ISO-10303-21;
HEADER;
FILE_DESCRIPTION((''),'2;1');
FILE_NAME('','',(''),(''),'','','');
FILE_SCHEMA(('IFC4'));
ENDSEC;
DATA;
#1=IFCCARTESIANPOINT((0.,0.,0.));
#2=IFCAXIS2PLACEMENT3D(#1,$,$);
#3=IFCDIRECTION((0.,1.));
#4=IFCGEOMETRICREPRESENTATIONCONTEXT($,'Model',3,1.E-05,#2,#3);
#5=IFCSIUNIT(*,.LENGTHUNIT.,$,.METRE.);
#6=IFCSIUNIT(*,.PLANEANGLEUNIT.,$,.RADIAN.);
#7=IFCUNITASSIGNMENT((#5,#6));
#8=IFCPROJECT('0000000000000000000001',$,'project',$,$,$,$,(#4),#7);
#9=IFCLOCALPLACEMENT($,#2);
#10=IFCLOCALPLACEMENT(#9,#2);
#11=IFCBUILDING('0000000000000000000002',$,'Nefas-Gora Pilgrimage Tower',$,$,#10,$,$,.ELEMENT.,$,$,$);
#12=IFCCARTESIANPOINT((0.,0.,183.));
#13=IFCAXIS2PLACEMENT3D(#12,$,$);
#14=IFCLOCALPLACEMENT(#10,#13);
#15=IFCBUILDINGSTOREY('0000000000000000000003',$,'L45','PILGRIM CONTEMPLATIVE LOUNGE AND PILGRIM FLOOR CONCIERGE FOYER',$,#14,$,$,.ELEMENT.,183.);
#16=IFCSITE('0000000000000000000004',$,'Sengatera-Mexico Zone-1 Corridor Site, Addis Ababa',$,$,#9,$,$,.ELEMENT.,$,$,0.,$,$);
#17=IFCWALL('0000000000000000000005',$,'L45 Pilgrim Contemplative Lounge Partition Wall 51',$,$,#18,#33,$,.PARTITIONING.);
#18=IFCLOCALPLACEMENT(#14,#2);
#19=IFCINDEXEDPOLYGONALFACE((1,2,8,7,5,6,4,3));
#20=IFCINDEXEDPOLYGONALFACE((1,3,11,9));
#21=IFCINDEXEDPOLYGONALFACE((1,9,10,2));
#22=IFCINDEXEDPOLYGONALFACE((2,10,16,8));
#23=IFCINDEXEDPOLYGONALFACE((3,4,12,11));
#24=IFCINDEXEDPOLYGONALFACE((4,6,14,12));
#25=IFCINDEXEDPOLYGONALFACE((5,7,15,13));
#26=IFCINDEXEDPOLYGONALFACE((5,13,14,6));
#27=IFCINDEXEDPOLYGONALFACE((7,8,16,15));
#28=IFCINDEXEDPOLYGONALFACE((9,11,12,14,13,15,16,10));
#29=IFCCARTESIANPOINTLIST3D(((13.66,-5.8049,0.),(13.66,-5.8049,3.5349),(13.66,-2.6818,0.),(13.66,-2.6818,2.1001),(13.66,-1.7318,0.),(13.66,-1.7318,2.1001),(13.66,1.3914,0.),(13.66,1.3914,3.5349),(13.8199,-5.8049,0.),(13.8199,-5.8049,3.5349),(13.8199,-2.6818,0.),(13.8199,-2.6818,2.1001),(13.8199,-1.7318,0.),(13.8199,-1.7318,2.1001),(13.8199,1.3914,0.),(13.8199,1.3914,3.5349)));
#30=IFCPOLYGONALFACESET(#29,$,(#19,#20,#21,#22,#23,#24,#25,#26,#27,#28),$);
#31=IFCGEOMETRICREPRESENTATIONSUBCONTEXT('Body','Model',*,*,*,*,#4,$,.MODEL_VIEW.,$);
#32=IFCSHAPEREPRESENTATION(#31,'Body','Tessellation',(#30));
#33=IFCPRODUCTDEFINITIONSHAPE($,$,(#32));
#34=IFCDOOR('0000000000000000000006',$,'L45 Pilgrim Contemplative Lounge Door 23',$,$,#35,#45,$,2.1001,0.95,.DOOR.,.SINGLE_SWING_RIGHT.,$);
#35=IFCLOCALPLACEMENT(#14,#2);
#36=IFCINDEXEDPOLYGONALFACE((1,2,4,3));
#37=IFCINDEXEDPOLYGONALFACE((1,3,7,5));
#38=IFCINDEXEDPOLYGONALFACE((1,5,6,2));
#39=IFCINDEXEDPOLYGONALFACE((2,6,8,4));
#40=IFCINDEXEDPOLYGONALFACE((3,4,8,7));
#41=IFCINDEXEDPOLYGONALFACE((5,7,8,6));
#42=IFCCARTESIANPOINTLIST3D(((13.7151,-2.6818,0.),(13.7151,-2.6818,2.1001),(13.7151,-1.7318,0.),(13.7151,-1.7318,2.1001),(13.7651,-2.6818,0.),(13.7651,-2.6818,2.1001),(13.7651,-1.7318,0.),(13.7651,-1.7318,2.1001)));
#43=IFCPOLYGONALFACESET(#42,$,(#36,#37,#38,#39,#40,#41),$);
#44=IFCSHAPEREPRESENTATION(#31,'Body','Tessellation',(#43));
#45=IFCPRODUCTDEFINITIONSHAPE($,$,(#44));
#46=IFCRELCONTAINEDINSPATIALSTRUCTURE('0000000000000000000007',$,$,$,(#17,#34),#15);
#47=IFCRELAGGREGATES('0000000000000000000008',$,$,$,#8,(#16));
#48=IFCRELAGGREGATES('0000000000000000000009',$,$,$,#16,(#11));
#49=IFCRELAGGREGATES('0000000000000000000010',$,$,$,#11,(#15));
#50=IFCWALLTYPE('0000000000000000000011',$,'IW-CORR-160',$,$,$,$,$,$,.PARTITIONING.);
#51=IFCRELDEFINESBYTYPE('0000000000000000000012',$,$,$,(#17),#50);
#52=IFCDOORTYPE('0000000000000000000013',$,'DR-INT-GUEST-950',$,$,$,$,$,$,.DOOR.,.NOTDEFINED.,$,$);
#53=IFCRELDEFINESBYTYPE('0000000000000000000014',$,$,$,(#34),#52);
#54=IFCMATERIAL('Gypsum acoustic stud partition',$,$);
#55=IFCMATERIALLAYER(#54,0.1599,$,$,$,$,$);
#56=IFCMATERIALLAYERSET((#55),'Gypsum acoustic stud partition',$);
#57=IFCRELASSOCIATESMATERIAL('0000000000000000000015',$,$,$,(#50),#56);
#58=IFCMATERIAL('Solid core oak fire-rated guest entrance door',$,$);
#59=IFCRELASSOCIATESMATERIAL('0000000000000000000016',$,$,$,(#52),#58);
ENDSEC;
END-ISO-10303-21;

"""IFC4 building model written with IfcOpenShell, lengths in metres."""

from ifc_helpers import new_model, si_unit, direction, frame, frame_2d, origin, place, context, subcontext, project, spatial, rectangle, extrude, source, transform, mapped, material, layer, layer_set, type_object, element, fill, save


model = new_model("IFC4")

# Units and contexts
model_context = context("Model", 3, precision=1e-05, world=origin(), true_north=direction((0.0, 1.0)))
body_context = subcontext(model_context, "Body", "Model", "MODEL_VIEW")
ifc_project = project(units=[si_unit("LENGTHUNIT", "METRE"), si_unit("PLANEANGLEUNIT", "RADIAN")], contexts=[model_context])

# Site, building, storey
site_placement = place(None, origin())
site = spatial("IfcSite", under=ifc_project, at=site_placement, Name="Sengatera-Mexico Zone-1 Corridor Site, Addis Ababa", CompositionType="ELEMENT", RefElevation=0.0)
building_placement = place(site_placement, origin())
building = spatial("IfcBuilding", under=site, at=building_placement, Name="Nefas-Gora Pilgrimage Tower", CompositionType="ELEMENT")
storey_placement = place(building_placement, frame((0.0, 0.0, 183.0)))
storey = spatial("IfcBuildingStorey", under=building, at=storey_placement, Name="L45", Description="PILGRIM CONTEMPLATIVE LOUNGE AND PILGRIM FLOOR CONCIERGE FOYER", CompositionType="ELEMENT", Elevation=183.0)

# Wall, opening, door
ifc_material_1 = material(Name="Gypsum acoustic stud partition")
ifc_layer_1 = layer(ifc_material_1, 0.1599)
ifc_layer_set_1 = layer_set([ifc_layer_1], Name="Gypsum acoustic stud partition")
wall_type_1 = type_object("IfcWallType", Name="IW-CORR-160", PredefinedType="PARTITIONING", material=ifc_layer_set_1)
shared_shape_1 = source(origin(), body_context, "Body", "SweptSolid", [
    extrude(rectangle(XDim=7.1963, YDim=0.1599, at=frame_2d((3.5981, 0.0))), origin(), (0.0, 0.0, 1.0), 3.5349),
])
wall_1_placement = place(storey_placement, frame((13.74, -5.8049, 0.0), z_axis=(0.0, 0.0, 1.0), x_axis=(0.0, 1.0, 0.0)))
wall_1 = element("IfcWall", 1, at=wall_1_placement, inside=storey, type_object=wall_type_1, Name="L45 Pilgrim Contemplative Lounge Partition Wall 51", PredefinedType="PARTITIONING", context=body_context, shape_type="MappedRepresentation", body=[
    mapped(shared_shape_1, transform((0.0, 0.0, 0.0), x_axis=(1.0, 0.0, 0.0), y_axis=(0.0, 1.0, 0.0), z_axis=(0.0, 0.0, 1.0), scale=1.0)),
])
opening_1_placement = place(wall_1_placement, frame((3.123, 0.0, 0.0)))
opening_1 = element("IfcOpeningElement", 2, at=opening_1_placement, cuts=wall_1, PredefinedType="OPENING", context=body_context, shape_type="SweptSolid", body=[
    extrude(rectangle(XDim=0.95, YDim=2.1001, at=frame_2d((0.4751, 1.05))), frame((0.0, 0.0898, 0.0), z_axis=(0.0, -1.0, 0.0), x_axis=(1.0, 0.0, 0.0)), (0.0, 0.0, 1.0), 0.1799),
])
ifc_material_2 = material(Name="Solid core oak fire-rated guest entrance door")
door_type_1 = type_object("IfcDoorType", Name="DR-INT-GUEST-950", OperationType="NOTDEFINED", PredefinedType="DOOR", material=ifc_material_2)
shared_shape_2 = source(origin(), body_context, "Body", "SweptSolid", [
    extrude(rectangle(XDim=0.95, YDim=2.1001, at=frame_2d((0.4751, 1.05))), frame((0.0, 0.0249, 0.0), z_axis=(0.0, -1.0, 0.0), x_axis=(1.0, 0.0, 0.0)), (0.0, 0.0, 1.0), 0.05),
])
door_1_placement = place(opening_1_placement, origin())
door_1 = element("IfcDoor", 3, at=door_1_placement, inside=storey, type_object=door_type_1, Name="L45 Pilgrim Contemplative Lounge Door 23", OperationType="SINGLE_SWING_RIGHT", OverallHeight=2.1001, OverallWidth=0.95, PredefinedType="DOOR", context=body_context, shape_type="MappedRepresentation", body=[
    mapped(shared_shape_2, transform((0.0, 0.0, 0.0), x_axis=(1.0, 0.0, 0.0), y_axis=(0.0, 1.0, 0.0), z_axis=(0.0, 0.0, 1.0), scale=1.0)),
])
fill(opening_1, door_1)

save(model, "model.ifc")
